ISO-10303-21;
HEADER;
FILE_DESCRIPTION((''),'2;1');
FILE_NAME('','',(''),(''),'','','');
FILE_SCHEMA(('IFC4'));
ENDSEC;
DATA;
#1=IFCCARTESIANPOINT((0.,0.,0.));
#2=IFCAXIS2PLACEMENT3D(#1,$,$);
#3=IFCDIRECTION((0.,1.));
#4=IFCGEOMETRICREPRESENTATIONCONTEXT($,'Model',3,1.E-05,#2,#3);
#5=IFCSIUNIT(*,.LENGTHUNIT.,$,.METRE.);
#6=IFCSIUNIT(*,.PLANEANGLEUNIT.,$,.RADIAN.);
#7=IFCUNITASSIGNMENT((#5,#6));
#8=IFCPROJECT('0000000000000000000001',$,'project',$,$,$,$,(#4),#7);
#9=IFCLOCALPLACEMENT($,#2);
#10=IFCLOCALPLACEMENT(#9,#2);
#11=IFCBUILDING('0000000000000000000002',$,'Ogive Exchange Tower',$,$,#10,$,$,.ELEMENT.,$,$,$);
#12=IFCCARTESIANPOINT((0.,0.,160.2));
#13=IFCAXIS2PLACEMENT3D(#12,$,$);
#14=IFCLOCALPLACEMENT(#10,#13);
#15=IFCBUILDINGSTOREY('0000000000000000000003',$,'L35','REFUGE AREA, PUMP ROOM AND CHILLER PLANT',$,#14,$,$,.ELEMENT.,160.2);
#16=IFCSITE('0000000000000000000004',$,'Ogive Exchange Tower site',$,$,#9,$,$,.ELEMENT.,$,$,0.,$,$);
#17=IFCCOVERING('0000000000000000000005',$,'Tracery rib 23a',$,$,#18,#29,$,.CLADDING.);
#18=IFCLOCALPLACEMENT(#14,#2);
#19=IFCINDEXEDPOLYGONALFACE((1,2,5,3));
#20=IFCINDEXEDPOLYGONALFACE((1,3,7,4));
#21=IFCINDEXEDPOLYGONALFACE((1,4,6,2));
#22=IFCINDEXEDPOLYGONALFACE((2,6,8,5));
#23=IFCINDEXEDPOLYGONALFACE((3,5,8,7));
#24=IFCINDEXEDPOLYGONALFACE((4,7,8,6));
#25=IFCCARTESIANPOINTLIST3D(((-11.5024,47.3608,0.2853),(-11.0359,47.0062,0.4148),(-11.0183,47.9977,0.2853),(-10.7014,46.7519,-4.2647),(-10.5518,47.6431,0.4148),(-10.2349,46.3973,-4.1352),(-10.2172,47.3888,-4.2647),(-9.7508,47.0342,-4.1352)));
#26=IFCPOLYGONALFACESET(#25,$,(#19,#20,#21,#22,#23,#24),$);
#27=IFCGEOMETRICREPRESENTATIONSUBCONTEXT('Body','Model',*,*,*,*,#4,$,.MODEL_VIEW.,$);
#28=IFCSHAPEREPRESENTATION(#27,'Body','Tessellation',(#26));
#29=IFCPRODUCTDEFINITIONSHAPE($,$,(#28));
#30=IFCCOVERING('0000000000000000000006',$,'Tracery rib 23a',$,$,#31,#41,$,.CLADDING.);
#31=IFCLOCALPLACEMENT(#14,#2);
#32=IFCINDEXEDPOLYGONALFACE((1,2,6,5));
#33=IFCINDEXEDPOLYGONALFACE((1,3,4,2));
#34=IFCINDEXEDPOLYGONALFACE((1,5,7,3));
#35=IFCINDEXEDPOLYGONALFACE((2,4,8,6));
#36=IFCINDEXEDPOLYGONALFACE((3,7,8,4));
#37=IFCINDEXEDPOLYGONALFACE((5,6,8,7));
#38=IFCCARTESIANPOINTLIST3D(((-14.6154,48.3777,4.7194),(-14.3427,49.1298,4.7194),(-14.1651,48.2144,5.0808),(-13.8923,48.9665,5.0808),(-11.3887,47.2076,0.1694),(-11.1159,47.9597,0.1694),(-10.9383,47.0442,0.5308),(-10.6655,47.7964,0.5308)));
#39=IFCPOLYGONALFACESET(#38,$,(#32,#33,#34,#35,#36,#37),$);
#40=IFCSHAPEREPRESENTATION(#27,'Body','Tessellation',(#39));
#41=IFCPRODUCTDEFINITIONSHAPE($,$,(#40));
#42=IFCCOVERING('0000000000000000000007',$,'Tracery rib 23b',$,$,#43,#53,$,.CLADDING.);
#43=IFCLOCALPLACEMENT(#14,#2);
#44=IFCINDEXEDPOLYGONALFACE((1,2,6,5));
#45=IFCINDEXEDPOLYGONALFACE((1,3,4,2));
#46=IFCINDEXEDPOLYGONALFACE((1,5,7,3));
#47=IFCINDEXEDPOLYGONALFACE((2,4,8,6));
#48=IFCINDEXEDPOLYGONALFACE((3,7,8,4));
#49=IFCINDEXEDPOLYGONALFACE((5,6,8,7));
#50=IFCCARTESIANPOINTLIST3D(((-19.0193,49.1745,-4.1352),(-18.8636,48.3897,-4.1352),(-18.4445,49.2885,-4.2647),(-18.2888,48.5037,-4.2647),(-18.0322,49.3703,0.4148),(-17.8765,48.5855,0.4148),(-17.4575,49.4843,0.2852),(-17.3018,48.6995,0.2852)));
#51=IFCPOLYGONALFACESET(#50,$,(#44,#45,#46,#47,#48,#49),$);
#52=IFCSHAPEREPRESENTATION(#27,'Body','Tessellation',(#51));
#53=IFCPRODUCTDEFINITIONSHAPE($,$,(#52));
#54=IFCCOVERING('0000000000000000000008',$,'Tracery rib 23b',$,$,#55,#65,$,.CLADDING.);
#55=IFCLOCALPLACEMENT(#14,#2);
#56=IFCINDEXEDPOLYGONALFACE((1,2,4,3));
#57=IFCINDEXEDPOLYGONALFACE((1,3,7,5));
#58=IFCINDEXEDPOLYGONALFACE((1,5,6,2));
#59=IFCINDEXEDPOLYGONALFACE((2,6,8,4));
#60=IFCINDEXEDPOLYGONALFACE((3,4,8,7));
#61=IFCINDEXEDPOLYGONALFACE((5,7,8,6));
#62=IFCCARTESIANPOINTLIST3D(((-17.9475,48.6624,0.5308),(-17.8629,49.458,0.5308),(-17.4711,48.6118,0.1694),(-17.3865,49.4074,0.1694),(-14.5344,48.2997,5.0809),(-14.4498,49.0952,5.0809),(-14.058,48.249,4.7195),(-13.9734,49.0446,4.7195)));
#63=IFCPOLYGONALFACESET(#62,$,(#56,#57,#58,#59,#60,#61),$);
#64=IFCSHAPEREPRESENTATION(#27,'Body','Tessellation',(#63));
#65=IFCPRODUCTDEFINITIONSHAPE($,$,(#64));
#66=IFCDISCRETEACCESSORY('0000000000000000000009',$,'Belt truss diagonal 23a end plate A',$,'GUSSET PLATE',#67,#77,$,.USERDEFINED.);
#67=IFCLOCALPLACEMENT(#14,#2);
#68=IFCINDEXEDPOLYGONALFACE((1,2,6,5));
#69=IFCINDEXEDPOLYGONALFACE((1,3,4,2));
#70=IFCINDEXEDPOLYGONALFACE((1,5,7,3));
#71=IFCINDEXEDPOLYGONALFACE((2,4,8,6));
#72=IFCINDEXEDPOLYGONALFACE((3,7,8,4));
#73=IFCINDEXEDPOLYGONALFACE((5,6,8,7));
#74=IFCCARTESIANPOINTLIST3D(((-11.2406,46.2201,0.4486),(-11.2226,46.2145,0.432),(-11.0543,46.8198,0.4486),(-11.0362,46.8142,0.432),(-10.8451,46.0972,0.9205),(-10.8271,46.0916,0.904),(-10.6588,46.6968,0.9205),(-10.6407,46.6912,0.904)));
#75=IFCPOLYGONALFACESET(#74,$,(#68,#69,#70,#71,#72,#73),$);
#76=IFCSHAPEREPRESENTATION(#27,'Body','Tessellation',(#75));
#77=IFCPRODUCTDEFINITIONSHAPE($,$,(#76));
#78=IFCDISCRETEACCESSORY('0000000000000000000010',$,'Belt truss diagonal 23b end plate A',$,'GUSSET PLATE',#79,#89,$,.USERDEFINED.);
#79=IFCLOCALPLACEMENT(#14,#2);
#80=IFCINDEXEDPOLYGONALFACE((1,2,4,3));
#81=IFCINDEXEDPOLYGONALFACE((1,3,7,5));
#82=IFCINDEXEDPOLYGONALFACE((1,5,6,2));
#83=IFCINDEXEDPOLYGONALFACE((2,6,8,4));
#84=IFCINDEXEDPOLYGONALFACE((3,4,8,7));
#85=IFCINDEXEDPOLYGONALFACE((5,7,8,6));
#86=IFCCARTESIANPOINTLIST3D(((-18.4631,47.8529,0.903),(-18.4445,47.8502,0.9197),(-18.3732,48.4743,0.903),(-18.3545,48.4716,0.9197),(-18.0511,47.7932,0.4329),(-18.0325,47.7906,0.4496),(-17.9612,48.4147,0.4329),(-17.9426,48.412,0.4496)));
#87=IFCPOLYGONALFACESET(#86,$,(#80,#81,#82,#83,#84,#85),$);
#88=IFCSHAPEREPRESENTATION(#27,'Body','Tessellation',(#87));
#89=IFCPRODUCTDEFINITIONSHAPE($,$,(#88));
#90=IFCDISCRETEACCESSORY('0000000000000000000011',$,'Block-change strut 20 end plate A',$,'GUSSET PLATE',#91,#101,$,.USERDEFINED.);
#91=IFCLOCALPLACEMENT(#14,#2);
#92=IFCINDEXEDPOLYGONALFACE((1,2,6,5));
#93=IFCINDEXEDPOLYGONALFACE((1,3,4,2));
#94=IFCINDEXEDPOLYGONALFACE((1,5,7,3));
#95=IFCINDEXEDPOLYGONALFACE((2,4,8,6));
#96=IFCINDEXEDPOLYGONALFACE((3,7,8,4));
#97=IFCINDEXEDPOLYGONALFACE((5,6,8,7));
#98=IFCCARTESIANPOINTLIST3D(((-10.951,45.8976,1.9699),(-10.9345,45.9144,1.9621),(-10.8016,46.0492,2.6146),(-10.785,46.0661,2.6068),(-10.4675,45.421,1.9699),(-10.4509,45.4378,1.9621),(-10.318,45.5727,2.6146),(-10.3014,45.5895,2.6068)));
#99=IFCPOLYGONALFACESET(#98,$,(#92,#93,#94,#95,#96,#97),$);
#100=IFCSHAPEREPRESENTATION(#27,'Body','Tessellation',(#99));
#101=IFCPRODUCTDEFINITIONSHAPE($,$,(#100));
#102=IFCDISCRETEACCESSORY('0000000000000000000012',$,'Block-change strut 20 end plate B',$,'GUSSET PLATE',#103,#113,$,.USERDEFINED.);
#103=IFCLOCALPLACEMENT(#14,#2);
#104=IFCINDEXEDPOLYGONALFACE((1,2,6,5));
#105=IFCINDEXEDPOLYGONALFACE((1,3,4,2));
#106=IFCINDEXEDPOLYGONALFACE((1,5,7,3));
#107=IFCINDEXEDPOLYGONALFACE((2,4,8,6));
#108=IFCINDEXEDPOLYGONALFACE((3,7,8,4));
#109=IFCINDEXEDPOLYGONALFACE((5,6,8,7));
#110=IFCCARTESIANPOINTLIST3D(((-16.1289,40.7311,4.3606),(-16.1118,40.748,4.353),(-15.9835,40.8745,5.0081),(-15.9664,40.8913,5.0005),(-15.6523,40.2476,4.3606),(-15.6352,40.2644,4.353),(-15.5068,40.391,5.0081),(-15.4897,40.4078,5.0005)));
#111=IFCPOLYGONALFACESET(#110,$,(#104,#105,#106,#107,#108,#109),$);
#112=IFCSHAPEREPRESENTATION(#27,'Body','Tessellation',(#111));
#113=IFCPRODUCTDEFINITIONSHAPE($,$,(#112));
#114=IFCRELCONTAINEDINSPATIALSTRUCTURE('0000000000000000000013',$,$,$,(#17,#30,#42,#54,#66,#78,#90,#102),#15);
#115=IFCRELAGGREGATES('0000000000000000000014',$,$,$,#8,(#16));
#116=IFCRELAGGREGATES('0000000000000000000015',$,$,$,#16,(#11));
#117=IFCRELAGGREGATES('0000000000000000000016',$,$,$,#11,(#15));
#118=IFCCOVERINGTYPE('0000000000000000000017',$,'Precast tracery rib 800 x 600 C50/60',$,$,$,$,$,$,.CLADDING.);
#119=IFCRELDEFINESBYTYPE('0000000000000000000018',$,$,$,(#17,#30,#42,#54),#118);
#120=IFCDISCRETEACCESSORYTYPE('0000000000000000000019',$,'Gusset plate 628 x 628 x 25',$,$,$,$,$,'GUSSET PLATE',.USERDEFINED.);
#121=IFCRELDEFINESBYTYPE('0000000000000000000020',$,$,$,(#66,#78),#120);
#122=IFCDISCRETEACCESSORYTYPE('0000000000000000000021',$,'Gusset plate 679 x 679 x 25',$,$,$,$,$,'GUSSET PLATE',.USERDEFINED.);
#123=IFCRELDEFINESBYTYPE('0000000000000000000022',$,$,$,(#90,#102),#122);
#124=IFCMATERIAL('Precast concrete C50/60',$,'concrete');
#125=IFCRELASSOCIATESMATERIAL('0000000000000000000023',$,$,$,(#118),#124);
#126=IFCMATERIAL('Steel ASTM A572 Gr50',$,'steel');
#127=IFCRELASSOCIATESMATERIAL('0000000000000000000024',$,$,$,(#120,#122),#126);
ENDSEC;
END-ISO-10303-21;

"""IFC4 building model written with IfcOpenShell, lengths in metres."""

from ifc_helpers import new_model, si_unit, direction, frame, origin, origin_2d, place, context, subcontext, project, spatial, rectangle, extrude, material, material_profile, profile_set, type_object, element, save


model = new_model("IFC4")

# Units and contexts
model_context = context("Model", 3, precision=1e-05, world=origin(), true_north=direction((0.0, 1.0)))
body_context = subcontext(model_context, "Body", "Model", "MODEL_VIEW")
ifc_project = project(units=[si_unit("LENGTHUNIT", "METRE"), si_unit("PLANEANGLEUNIT", "RADIAN")], contexts=[model_context])

# Site, building, storey
site_placement = place(None, origin())
site = spatial("IfcSite", under=ifc_project, at=site_placement, Name="Ogive Exchange Tower site", CompositionType="ELEMENT", RefElevation=0.0)
building_placement = place(site_placement, origin())
building = spatial("IfcBuilding", under=site, at=building_placement, Name="Ogive Exchange Tower", CompositionType="ELEMENT")
storey_placement = place(building_placement, frame((0.0, 0.0, 160.2)))
storey = spatial("IfcBuildingStorey", under=building, at=storey_placement, Name="L35", Description="REFUGE AREA, PUMP ROOM AND CHILLER PLANT", CompositionType="ELEMENT", Elevation=160.2)

# Coverings
ifc_material_1 = material(Name="Precast concrete C50/60", Category="concrete")
ifc_material_profile_1 = material_profile(ifc_material_1, rectangle(XDim=0.8, YDim=0.6001, at=origin_2d()), Name="RIB 800 x 600")
ifc_profile_set_1 = profile_set([ifc_material_profile_1], Name="Precast concrete C50/60")
covering_type = type_object("IfcCoveringType", Name="Precast tracery rib 800 x 600 C50/60", PredefinedType="CLADDING", material=ifc_profile_set_1)
covering_1_placement = place(storey_placement, frame((-10.2261, 46.8931, -4.2), z_axis=(-0.171895, 0.130663, 0.976411), x_axis=(-0.605151, -0.796111, 0.0)))
element("IfcCovering", 1, at=covering_1_placement, inside=storey, type_object=covering_type, Name="Tracery rib 23a", PredefinedType="CLADDING", context=body_context, shape_type="SweptSolid", body=[
    extrude(rectangle(XDim=0.8, YDim=0.6001, at=origin_2d()), origin(), (0.0, 0.0, 1.0), 4.6599),
])
covering_2_placement = place(storey_placement, frame((-11.0271, 47.502, 0.3501), z_axis=(-0.566154, 0.20531, 0.798322), x_axis=(-0.340915, -0.940094, 0.0)))
element("IfcCovering", 2, at=covering_2_placement, inside=storey, type_object=covering_type, Name="Tracery rib 23a", PredefinedType="CLADDING", context=body_context, shape_type="SweptSolid", body=[
    extrude(rectangle(XDim=0.8, YDim=0.6001, at=origin_2d()), origin(), (0.0, 0.0, 1.0), 5.6995),
])
covering_3_placement = place(storey_placement, frame((-18.6541, 48.8391, -4.2), z_axis=(0.211816, 0.042017, 0.976406), x_axis=(-0.194576, 0.980887, 0.0)))
element("IfcCovering", 3, at=covering_3_placement, inside=storey, type_object=covering_type, Name="Tracery rib 23b", PredefinedType="CLADDING", context=body_context, shape_type="SweptSolid", body=[
    extrude(rectangle(XDim=0.8, YDim=0.6001, at=origin_2d()), origin(), (0.0, 0.0, 1.0), 4.6599),
])
covering_4_placement = place(storey_placement, frame((-17.667, 49.0349, 0.3501), z_axis=(0.598845, -0.063654, 0.798331), x_axis=(0.105699, 0.994398, 0.0)))
element("IfcCovering", 4, at=covering_4_placement, inside=storey, type_object=covering_type, Name="Tracery rib 23b", PredefinedType="CLADDING", context=body_context, shape_type="SweptSolid", body=[
    extrude(rectangle(XDim=0.8, YDim=0.6001, at=origin_2d()), origin(), (0.0, 0.0, 1.0), 5.6995),
])

# Discrete accessories
ifc_material_2 = material(Name="Steel ASTM A572 Gr50", Category="steel")
ifc_material_profile_2 = material_profile(ifc_material_2, rectangle(XDim=0.6279, YDim=0.6279, at=origin_2d()), Name="PL 628 x 628 x 25")
ifc_profile_set_2 = profile_set([ifc_material_profile_2], Name="Steel ASTM A572 Gr50")
discrete_accessory_type_1 = type_object("IfcDiscreteAccessoryType", Name="Gusset plate 628 x 628 x 25", ElementType="GUSSET PLATE", PredefinedType="USERDEFINED", material=ifc_profile_set_2)
for number, where, z_axis, x_axis, name in (
    (5, (-10.9316, 46.4529, 0.668), (-0.71777, 0.223091, 0.659573), (-0.296805, -0.954938, 0.0), "Belt truss diagonal 23a end plate A"),
    (6, (-18.2122, 48.1338, 0.668), (0.740943, -0.107242, 0.662949), (0.143244, 0.989687, 0.0), "Belt truss diagonal 23b end plate A"),
):
    element("IfcDiscreteAccessory", number, at=place(storey_placement, frame(where, z_axis=z_axis, x_axis=x_axis)), inside=storey, type_object=discrete_accessory_type_1, Name=name, ObjectType="GUSSET PLATE", PredefinedType="USERDEFINED", context=body_context, shape_type="SweptSolid", body=[
        extrude(rectangle(XDim=0.6279, YDim=0.6279, at=origin_2d()), origin(), (0.0, 0.0, 1.0), 0.0251),
    ])
ifc_material_profile_3 = material_profile(ifc_material_2, rectangle(XDim=0.679, YDim=0.679, at=origin_2d()), Name="PL 679 x 679 x 25")
ifc_profile_set_3 = profile_set([ifc_material_profile_3], Name="Steel ASTM A572 Gr50")
discrete_accessory_type_2 = type_object("IfcDiscreteAccessoryType", Name="Gusset plate 679 x 679 x 25", ElementType="GUSSET PLATE", PredefinedType="USERDEFINED", material=ifc_profile_set_3)
discrete_accessory_1_placement = place(storey_placement, frame((-10.6179, 45.752, 2.2844), z_axis=(-0.666507, -0.676308, 0.31365), x_axis=(0.712249, -0.701927, 0.0)))
element("IfcDiscreteAccessory", 7, at=discrete_accessory_1_placement, inside=storey, type_object=discrete_accessory_type_2, Name="Block-change strut 20 end plate A", ObjectType="GUSSET PLATE", PredefinedType="USERDEFINED", context=body_context, shape_type="SweptSolid", body=[
    extrude(rectangle(XDim=0.679, YDim=0.679, at=origin_2d()), origin(), (0.0, 0.0, 1.0), 0.0249),
])
discrete_accessory_2_placement = place(storey_placement, frame((-15.8008, 40.5779, 4.6768), z_axis=(-0.679196, -0.669493, 0.300787), x_axis=(0.702002, -0.712175, 0.0)))
element("IfcDiscreteAccessory", 8, at=discrete_accessory_2_placement, inside=storey, type_object=discrete_accessory_type_2, Name="Block-change strut 20 end plate B", ObjectType="GUSSET PLATE", PredefinedType="USERDEFINED", context=body_context, shape_type="SweptSolid", body=[
    extrude(rectangle(XDim=0.679, YDim=0.679, at=origin_2d()), origin(), (0.0, 0.0, 1.0), 0.0251),
])

save(model, "model.ifc")
